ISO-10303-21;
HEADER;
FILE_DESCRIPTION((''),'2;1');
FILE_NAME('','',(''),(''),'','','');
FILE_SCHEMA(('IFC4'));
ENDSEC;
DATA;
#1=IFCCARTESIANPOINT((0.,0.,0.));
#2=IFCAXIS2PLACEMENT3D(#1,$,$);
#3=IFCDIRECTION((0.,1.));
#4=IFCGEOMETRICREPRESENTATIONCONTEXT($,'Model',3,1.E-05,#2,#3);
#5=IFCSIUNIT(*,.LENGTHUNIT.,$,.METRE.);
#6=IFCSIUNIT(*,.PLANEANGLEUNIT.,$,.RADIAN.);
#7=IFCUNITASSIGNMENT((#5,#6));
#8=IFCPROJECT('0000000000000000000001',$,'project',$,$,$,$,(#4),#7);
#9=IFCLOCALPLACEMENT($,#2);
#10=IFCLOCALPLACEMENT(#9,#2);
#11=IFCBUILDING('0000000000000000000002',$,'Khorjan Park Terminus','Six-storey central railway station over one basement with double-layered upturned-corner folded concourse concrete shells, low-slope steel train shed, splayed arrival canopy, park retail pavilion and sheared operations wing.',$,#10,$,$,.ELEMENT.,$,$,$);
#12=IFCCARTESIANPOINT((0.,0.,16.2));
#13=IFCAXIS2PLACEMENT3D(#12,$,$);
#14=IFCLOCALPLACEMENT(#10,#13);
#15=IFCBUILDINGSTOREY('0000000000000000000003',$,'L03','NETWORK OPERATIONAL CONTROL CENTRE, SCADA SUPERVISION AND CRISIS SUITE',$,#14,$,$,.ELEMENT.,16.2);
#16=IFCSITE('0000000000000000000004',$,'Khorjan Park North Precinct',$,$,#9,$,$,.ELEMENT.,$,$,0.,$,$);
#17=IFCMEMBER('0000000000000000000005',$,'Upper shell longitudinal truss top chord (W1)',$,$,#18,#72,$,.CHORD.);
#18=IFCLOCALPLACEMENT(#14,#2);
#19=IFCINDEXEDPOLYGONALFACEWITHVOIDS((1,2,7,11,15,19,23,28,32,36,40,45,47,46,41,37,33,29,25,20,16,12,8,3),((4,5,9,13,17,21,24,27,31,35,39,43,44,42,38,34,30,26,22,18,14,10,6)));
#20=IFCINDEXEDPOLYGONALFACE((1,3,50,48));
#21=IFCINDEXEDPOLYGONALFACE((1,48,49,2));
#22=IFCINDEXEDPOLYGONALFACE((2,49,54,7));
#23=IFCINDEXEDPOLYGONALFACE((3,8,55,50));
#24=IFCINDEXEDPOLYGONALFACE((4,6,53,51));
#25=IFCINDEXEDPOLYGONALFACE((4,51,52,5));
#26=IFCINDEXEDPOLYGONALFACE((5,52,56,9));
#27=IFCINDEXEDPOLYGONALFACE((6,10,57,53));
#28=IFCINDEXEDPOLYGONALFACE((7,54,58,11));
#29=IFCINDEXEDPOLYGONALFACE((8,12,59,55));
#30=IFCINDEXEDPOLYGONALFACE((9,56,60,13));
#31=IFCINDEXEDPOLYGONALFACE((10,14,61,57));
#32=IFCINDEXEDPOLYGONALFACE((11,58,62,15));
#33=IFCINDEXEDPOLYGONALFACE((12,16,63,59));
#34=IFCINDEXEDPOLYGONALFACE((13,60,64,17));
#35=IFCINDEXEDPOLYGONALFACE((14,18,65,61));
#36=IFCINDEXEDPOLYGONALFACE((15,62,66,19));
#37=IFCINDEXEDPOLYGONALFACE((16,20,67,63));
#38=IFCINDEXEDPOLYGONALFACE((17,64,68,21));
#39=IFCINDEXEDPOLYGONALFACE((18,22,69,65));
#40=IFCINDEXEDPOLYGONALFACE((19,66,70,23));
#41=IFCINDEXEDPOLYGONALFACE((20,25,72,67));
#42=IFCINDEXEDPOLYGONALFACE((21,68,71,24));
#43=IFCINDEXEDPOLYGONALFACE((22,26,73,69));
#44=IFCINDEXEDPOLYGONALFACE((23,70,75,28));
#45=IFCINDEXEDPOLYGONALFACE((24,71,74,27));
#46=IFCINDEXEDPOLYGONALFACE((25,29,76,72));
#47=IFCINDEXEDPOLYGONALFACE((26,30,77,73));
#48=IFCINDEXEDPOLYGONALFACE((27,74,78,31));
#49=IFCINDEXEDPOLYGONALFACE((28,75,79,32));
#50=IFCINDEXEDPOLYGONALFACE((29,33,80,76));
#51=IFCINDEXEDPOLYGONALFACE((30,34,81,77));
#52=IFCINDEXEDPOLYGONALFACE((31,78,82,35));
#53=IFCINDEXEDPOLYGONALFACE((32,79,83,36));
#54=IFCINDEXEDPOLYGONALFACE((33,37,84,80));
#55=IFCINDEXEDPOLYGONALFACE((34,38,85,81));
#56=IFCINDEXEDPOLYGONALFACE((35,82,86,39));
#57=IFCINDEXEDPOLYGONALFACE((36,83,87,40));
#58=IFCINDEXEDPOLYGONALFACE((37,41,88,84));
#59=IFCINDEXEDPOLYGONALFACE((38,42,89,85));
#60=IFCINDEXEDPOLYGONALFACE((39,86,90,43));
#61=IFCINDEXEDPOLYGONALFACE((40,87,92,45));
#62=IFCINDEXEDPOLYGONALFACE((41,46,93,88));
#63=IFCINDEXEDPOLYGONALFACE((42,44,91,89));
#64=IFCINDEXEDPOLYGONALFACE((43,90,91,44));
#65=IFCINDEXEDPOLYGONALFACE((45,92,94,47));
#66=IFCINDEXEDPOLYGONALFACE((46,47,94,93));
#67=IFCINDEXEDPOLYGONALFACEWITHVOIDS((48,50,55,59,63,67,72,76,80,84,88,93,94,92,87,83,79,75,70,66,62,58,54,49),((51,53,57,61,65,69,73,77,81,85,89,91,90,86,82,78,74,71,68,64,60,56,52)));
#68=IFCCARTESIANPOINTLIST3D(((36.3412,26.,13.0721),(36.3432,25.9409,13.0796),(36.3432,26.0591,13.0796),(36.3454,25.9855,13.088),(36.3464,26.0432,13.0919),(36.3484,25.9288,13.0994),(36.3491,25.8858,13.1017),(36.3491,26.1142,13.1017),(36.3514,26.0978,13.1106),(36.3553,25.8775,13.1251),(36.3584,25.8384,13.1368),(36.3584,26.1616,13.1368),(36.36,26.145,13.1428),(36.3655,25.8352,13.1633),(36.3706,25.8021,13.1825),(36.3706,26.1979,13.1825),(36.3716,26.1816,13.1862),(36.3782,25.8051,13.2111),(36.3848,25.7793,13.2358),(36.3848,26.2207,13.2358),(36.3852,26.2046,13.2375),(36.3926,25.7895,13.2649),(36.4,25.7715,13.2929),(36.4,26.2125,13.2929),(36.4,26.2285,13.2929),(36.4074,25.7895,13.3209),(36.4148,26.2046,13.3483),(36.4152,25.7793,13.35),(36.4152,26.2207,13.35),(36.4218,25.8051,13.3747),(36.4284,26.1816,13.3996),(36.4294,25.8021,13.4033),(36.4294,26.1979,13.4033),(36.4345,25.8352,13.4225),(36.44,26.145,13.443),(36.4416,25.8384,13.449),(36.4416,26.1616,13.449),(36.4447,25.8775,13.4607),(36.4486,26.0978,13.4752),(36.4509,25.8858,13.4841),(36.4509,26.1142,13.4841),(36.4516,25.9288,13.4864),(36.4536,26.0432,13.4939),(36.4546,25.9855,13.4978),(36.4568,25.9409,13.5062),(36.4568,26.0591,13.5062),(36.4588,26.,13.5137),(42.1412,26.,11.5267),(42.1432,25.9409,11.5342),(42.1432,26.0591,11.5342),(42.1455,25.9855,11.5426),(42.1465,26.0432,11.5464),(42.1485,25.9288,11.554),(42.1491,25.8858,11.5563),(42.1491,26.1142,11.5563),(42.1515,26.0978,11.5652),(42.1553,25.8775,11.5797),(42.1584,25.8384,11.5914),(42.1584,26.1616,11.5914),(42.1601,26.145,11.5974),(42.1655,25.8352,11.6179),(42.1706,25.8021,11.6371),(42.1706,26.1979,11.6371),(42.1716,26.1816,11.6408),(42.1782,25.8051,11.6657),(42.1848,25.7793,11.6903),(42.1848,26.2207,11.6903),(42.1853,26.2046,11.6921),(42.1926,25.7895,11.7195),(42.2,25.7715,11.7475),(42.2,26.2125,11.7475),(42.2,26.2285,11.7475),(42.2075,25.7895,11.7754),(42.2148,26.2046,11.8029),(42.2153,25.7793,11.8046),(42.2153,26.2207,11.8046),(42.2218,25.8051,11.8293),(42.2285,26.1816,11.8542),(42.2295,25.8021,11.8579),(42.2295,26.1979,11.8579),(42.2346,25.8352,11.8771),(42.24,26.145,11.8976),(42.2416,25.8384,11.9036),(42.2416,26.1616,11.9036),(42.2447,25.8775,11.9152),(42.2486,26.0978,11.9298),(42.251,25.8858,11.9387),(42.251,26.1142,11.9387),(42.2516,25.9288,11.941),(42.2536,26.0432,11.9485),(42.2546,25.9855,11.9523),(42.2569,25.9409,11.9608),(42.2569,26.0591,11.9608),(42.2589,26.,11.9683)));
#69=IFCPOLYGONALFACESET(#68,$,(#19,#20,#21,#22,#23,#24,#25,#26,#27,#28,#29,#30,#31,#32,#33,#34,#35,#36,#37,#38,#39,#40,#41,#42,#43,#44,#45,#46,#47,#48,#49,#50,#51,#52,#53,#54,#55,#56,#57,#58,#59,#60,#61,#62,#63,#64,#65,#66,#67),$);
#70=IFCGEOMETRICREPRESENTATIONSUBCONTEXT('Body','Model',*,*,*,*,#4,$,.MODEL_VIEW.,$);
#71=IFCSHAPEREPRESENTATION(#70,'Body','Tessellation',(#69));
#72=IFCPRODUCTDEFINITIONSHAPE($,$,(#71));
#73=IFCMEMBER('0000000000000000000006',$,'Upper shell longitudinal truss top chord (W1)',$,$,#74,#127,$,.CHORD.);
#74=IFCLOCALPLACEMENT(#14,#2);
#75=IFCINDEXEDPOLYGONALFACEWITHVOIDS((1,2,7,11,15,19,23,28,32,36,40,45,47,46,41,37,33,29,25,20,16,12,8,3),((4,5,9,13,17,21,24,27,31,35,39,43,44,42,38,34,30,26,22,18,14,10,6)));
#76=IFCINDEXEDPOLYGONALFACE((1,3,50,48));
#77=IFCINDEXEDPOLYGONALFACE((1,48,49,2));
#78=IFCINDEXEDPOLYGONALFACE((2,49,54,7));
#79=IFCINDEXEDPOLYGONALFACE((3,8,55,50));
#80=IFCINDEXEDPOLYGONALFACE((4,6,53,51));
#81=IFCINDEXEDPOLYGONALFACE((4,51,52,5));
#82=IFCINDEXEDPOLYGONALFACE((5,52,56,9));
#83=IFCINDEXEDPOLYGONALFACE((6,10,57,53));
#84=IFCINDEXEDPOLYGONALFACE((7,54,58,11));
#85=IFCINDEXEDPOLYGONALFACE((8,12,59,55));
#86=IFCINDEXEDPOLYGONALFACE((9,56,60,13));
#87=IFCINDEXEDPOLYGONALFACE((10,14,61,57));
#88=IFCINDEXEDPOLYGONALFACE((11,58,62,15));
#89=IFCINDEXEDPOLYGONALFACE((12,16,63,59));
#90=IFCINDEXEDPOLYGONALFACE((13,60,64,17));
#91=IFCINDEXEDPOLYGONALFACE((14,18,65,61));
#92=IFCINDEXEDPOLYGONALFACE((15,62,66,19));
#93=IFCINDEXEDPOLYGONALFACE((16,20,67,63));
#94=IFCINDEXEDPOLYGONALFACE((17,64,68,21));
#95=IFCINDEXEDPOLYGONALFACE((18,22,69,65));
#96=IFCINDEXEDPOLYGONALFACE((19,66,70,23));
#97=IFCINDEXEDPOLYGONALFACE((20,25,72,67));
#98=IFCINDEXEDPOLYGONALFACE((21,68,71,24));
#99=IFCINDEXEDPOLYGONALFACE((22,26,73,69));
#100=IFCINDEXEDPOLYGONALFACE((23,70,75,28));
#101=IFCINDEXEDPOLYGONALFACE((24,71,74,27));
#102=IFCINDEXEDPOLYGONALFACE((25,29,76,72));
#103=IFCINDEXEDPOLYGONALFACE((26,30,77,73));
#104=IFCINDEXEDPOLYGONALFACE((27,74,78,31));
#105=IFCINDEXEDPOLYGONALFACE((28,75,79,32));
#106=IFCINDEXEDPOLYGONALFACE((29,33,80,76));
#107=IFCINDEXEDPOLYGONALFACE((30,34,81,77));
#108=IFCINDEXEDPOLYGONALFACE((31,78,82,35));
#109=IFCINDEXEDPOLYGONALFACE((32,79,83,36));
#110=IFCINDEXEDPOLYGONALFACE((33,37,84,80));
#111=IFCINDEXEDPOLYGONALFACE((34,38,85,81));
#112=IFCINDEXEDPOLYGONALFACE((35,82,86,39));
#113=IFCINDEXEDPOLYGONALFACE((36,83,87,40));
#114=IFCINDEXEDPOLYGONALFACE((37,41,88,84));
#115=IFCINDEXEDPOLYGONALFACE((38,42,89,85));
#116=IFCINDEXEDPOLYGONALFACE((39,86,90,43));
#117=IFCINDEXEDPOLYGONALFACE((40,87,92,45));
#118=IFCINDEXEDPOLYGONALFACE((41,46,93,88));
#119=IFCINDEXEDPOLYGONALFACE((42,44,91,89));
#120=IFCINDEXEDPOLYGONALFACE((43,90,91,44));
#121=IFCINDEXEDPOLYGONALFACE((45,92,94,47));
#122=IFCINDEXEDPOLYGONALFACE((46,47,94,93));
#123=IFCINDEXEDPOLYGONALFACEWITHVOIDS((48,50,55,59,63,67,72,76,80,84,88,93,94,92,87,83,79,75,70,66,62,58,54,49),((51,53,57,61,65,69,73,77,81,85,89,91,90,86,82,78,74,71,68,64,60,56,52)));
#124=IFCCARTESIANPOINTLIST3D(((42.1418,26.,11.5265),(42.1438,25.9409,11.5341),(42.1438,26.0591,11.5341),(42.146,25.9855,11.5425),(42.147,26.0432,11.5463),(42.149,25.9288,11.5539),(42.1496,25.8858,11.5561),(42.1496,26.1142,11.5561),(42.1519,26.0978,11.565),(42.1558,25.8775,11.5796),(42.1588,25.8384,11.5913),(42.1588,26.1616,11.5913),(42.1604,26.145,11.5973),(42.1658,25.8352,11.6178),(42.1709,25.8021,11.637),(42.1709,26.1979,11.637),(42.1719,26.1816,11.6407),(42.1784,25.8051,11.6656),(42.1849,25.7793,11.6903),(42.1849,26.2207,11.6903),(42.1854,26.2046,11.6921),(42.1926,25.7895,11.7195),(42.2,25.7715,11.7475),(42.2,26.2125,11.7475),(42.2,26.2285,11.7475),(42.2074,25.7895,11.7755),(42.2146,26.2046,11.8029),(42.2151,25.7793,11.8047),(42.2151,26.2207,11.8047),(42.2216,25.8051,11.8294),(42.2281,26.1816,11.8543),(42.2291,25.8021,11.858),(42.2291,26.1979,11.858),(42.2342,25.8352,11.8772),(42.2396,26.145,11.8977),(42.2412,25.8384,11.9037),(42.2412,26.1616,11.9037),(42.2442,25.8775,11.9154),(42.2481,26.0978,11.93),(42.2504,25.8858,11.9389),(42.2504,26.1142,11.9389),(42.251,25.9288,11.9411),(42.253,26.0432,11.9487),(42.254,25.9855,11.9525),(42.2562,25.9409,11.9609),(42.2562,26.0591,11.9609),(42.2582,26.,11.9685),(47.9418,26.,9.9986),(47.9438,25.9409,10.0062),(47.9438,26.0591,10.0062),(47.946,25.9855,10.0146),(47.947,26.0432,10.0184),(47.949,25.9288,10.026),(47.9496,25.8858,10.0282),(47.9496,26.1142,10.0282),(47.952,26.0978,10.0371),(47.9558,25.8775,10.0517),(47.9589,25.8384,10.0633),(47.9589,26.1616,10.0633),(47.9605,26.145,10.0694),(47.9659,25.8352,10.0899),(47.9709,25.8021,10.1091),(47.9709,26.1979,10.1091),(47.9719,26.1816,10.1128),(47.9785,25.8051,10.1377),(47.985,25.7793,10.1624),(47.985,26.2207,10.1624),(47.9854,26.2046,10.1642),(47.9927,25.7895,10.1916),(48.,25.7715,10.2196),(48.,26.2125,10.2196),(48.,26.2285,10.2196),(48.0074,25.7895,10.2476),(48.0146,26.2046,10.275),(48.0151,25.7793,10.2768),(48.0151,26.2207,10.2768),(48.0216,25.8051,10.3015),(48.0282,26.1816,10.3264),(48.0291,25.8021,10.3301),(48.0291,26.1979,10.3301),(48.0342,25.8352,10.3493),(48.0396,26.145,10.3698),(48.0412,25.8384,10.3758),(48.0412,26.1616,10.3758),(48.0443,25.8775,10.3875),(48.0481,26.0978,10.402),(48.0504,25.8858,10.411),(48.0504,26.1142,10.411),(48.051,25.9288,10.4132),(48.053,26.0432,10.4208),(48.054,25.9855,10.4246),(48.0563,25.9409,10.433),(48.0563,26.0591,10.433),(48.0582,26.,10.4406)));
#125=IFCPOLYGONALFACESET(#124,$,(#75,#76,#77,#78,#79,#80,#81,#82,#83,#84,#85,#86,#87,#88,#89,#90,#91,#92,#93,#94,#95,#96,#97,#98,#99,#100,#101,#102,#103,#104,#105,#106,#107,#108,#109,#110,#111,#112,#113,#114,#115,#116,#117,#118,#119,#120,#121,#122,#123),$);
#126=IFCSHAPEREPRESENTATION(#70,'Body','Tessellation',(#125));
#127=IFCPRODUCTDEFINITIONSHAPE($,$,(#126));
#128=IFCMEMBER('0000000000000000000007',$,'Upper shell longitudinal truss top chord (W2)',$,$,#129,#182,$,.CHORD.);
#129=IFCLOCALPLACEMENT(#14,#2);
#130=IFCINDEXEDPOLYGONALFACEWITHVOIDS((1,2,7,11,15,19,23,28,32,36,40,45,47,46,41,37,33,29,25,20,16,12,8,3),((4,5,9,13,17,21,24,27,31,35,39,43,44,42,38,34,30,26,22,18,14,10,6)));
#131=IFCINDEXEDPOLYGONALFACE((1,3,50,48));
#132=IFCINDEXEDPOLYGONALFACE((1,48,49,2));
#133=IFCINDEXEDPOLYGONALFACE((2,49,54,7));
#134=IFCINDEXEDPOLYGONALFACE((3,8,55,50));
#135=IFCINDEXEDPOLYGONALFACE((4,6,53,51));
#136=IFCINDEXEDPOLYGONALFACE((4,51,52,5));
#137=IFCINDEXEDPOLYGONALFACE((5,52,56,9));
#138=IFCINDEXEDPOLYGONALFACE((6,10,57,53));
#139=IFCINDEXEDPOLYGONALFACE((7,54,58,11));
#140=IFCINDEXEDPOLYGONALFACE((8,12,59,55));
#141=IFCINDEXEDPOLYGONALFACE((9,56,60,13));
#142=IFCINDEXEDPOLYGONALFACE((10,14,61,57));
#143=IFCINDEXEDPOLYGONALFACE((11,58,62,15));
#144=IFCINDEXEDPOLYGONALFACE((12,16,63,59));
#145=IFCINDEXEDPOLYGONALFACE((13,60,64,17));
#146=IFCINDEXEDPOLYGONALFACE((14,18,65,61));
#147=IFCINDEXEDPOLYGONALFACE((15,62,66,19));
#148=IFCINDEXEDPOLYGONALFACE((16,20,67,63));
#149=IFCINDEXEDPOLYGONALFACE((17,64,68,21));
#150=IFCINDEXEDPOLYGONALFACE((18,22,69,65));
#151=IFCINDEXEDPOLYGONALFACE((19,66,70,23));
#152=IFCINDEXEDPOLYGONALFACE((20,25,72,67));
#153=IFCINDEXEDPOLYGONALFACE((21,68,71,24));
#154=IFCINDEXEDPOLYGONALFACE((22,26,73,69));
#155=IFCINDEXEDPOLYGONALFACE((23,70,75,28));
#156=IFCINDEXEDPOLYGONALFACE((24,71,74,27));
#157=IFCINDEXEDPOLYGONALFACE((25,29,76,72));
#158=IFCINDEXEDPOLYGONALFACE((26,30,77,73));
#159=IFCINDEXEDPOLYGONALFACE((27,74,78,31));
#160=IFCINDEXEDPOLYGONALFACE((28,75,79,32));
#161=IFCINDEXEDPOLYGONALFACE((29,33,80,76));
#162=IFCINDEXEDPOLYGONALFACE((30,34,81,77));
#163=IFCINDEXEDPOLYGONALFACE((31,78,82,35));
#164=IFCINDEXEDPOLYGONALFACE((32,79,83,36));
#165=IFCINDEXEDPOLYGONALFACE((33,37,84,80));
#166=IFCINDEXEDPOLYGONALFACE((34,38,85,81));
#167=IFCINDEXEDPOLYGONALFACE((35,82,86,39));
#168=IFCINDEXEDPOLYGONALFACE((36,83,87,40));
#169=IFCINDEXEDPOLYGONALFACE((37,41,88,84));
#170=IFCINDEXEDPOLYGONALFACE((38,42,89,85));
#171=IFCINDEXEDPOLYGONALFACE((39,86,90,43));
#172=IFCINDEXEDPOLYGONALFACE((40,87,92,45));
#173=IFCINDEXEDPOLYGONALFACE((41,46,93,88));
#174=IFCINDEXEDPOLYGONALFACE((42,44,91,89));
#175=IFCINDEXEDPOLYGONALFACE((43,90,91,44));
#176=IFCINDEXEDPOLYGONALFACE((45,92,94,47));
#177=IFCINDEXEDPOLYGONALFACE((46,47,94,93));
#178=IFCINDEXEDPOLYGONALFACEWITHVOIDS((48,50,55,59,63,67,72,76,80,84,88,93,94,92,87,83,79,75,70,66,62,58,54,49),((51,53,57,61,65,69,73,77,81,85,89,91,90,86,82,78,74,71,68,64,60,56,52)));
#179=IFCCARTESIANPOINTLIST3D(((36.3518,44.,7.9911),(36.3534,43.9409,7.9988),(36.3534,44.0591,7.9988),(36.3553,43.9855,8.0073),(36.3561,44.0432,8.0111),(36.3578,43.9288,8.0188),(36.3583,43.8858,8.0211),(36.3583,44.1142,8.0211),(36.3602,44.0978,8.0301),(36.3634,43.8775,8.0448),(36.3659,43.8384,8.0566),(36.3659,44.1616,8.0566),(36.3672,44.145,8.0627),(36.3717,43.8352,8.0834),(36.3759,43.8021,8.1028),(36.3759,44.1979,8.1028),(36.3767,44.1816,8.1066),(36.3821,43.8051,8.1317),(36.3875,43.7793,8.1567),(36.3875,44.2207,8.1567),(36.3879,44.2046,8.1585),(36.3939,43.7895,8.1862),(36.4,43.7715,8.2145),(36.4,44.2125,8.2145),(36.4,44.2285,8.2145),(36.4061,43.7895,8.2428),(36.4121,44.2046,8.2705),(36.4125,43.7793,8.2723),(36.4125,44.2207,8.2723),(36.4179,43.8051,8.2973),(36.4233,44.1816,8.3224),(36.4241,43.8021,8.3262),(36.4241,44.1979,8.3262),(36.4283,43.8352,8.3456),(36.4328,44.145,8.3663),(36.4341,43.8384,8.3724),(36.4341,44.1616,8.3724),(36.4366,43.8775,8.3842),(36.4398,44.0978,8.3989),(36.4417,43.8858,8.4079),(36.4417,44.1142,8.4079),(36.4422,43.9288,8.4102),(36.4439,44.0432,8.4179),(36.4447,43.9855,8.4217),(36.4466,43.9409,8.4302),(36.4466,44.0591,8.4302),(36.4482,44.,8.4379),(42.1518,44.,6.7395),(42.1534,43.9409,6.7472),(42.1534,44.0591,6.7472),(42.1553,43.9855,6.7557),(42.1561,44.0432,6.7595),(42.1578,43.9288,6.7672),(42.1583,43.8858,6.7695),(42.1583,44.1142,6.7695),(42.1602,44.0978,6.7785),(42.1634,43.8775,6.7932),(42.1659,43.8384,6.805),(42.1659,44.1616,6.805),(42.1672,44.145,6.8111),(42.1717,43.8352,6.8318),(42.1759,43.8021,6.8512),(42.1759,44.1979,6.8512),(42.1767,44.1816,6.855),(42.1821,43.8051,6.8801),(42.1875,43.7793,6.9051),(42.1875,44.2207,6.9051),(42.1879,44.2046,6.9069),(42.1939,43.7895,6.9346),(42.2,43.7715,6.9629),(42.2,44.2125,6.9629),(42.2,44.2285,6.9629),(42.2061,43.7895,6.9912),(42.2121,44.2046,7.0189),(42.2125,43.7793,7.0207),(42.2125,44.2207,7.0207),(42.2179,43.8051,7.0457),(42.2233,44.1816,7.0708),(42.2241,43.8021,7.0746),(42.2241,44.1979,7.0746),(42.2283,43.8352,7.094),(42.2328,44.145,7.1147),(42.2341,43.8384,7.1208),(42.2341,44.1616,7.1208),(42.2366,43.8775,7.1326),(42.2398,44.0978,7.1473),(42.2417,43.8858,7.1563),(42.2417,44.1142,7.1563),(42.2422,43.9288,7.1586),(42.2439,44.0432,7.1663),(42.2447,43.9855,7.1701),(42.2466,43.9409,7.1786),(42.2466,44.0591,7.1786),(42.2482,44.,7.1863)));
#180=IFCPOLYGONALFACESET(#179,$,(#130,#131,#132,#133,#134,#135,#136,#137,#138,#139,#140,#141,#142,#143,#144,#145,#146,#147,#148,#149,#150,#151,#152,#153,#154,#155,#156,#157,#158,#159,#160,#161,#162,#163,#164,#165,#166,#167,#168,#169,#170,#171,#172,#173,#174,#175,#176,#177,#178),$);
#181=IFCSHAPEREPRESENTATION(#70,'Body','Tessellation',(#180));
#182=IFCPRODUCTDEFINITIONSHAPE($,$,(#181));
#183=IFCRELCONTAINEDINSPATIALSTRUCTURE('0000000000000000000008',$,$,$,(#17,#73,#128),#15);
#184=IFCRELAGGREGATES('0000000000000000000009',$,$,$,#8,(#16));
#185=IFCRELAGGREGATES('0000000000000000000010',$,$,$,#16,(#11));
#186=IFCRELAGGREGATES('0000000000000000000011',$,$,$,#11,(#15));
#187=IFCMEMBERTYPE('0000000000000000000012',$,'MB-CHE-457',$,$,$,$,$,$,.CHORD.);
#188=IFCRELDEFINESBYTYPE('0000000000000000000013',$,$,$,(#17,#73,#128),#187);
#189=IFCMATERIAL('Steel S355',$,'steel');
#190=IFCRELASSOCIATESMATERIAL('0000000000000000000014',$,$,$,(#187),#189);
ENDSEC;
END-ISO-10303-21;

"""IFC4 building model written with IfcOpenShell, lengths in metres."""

from ifc_helpers import new_model, si_unit, direction, frame, origin, origin_2d, place, context, subcontext, project, spatial, hollow_circle, extrude, material, material_profile, profile_set, type_object, element, save


model = new_model("IFC4")

# Units and contexts
model_context = context("Model", 3, precision=1e-05, world=origin(), true_north=direction((0.0, 1.0)))
body_context = subcontext(model_context, "Body", "Model", "MODEL_VIEW")
ifc_project = project(units=[si_unit("LENGTHUNIT", "METRE"), si_unit("PLANEANGLEUNIT", "RADIAN")], contexts=[model_context])

# Site, building, storey
site_placement = place(None, origin())
site = spatial("IfcSite", under=ifc_project, at=site_placement, Name="Khorjan Park North Precinct", CompositionType="ELEMENT", RefElevation=0.0)
building_placement = place(site_placement, origin())
building = spatial("IfcBuilding", under=site, at=building_placement, Name="Khorjan Park Terminus", Description="Six-storey central railway station over one basement with double-layered upturned-corner folded concourse concrete shells, low-slope steel train shed, splayed arrival canopy, park retail pavilion and sheared operations wing.", CompositionType="ELEMENT")
storey_placement = place(building_placement, frame((0.0, 0.0, 16.2)))
storey = spatial("IfcBuildingStorey", under=building, at=storey_placement, Name="L03", Description="NETWORK OPERATIONAL CONTROL CENTRE, SCADA SUPERVISION AND CRISIS SUITE", CompositionType="ELEMENT", Elevation=16.2)

# Members
ifc_material = material(Name="Steel S355", Category="steel")
ifc_material_profile_1 = material_profile(ifc_material, hollow_circle(Radius=0.2285, WallThickness=0.016, at=origin_2d()), Name="CHS 457x16")
ifc_profile_set_1 = profile_set([ifc_material_profile_1], Name="Steel S355")
member_type_1 = type_object("IfcMemberType", Name="MB-CHE-457", PredefinedType="CHORD", material=ifc_profile_set_1)
member_1_placement = place(storey_placement, frame((36.4, 26.0, 13.2929), z_axis=(0.966287, 0.0, -0.257466), x_axis=(0.0, 1.0, 0.0)))
element("IfcMember", 1, at=member_1_placement, inside=storey, type_object=member_type_1, Name="Upper shell longitudinal truss top chord (W1)", PredefinedType="CHORD", context=body_context, shape_type="SweptSolid", body=[
    extrude(hollow_circle(Radius=0.2285, WallThickness=0.016, at=origin_2d()), origin(), (0.0, 0.0, 1.0), 6.0024),
])
member_2_placement = place(storey_placement, frame((42.2, 26.0, 11.7475), z_axis=(0.967009, 0.0, -0.25474), x_axis=(0.0, 1.0, 0.0)))
element("IfcMember", 2, at=member_2_placement, inside=storey, type_object=member_type_1, Name="Upper shell longitudinal truss top chord (W1)", PredefinedType="CHORD", context=body_context, shape_type="SweptSolid", body=[
    extrude(hollow_circle(Radius=0.2285, WallThickness=0.016, at=origin_2d()), origin(), (0.0, 0.0, 1.0), 5.9979),
])
member_3_placement = place(storey_placement, frame((36.4, 44.0, 8.2145), z_axis=(0.9775, 0.0, -0.210938), x_axis=(0.0, 1.0, 0.0)))
element("IfcMember", 3, at=member_3_placement, inside=storey, type_object=member_type_1, Name="Upper shell longitudinal truss top chord (W2)", PredefinedType="CHORD", context=body_context, shape_type="SweptSolid", body=[
    extrude(hollow_circle(Radius=0.2285, WallThickness=0.016, at=origin_2d()), origin(), (0.0, 0.0, 1.0), 5.9335),
])

save(model, "model.ifc")
